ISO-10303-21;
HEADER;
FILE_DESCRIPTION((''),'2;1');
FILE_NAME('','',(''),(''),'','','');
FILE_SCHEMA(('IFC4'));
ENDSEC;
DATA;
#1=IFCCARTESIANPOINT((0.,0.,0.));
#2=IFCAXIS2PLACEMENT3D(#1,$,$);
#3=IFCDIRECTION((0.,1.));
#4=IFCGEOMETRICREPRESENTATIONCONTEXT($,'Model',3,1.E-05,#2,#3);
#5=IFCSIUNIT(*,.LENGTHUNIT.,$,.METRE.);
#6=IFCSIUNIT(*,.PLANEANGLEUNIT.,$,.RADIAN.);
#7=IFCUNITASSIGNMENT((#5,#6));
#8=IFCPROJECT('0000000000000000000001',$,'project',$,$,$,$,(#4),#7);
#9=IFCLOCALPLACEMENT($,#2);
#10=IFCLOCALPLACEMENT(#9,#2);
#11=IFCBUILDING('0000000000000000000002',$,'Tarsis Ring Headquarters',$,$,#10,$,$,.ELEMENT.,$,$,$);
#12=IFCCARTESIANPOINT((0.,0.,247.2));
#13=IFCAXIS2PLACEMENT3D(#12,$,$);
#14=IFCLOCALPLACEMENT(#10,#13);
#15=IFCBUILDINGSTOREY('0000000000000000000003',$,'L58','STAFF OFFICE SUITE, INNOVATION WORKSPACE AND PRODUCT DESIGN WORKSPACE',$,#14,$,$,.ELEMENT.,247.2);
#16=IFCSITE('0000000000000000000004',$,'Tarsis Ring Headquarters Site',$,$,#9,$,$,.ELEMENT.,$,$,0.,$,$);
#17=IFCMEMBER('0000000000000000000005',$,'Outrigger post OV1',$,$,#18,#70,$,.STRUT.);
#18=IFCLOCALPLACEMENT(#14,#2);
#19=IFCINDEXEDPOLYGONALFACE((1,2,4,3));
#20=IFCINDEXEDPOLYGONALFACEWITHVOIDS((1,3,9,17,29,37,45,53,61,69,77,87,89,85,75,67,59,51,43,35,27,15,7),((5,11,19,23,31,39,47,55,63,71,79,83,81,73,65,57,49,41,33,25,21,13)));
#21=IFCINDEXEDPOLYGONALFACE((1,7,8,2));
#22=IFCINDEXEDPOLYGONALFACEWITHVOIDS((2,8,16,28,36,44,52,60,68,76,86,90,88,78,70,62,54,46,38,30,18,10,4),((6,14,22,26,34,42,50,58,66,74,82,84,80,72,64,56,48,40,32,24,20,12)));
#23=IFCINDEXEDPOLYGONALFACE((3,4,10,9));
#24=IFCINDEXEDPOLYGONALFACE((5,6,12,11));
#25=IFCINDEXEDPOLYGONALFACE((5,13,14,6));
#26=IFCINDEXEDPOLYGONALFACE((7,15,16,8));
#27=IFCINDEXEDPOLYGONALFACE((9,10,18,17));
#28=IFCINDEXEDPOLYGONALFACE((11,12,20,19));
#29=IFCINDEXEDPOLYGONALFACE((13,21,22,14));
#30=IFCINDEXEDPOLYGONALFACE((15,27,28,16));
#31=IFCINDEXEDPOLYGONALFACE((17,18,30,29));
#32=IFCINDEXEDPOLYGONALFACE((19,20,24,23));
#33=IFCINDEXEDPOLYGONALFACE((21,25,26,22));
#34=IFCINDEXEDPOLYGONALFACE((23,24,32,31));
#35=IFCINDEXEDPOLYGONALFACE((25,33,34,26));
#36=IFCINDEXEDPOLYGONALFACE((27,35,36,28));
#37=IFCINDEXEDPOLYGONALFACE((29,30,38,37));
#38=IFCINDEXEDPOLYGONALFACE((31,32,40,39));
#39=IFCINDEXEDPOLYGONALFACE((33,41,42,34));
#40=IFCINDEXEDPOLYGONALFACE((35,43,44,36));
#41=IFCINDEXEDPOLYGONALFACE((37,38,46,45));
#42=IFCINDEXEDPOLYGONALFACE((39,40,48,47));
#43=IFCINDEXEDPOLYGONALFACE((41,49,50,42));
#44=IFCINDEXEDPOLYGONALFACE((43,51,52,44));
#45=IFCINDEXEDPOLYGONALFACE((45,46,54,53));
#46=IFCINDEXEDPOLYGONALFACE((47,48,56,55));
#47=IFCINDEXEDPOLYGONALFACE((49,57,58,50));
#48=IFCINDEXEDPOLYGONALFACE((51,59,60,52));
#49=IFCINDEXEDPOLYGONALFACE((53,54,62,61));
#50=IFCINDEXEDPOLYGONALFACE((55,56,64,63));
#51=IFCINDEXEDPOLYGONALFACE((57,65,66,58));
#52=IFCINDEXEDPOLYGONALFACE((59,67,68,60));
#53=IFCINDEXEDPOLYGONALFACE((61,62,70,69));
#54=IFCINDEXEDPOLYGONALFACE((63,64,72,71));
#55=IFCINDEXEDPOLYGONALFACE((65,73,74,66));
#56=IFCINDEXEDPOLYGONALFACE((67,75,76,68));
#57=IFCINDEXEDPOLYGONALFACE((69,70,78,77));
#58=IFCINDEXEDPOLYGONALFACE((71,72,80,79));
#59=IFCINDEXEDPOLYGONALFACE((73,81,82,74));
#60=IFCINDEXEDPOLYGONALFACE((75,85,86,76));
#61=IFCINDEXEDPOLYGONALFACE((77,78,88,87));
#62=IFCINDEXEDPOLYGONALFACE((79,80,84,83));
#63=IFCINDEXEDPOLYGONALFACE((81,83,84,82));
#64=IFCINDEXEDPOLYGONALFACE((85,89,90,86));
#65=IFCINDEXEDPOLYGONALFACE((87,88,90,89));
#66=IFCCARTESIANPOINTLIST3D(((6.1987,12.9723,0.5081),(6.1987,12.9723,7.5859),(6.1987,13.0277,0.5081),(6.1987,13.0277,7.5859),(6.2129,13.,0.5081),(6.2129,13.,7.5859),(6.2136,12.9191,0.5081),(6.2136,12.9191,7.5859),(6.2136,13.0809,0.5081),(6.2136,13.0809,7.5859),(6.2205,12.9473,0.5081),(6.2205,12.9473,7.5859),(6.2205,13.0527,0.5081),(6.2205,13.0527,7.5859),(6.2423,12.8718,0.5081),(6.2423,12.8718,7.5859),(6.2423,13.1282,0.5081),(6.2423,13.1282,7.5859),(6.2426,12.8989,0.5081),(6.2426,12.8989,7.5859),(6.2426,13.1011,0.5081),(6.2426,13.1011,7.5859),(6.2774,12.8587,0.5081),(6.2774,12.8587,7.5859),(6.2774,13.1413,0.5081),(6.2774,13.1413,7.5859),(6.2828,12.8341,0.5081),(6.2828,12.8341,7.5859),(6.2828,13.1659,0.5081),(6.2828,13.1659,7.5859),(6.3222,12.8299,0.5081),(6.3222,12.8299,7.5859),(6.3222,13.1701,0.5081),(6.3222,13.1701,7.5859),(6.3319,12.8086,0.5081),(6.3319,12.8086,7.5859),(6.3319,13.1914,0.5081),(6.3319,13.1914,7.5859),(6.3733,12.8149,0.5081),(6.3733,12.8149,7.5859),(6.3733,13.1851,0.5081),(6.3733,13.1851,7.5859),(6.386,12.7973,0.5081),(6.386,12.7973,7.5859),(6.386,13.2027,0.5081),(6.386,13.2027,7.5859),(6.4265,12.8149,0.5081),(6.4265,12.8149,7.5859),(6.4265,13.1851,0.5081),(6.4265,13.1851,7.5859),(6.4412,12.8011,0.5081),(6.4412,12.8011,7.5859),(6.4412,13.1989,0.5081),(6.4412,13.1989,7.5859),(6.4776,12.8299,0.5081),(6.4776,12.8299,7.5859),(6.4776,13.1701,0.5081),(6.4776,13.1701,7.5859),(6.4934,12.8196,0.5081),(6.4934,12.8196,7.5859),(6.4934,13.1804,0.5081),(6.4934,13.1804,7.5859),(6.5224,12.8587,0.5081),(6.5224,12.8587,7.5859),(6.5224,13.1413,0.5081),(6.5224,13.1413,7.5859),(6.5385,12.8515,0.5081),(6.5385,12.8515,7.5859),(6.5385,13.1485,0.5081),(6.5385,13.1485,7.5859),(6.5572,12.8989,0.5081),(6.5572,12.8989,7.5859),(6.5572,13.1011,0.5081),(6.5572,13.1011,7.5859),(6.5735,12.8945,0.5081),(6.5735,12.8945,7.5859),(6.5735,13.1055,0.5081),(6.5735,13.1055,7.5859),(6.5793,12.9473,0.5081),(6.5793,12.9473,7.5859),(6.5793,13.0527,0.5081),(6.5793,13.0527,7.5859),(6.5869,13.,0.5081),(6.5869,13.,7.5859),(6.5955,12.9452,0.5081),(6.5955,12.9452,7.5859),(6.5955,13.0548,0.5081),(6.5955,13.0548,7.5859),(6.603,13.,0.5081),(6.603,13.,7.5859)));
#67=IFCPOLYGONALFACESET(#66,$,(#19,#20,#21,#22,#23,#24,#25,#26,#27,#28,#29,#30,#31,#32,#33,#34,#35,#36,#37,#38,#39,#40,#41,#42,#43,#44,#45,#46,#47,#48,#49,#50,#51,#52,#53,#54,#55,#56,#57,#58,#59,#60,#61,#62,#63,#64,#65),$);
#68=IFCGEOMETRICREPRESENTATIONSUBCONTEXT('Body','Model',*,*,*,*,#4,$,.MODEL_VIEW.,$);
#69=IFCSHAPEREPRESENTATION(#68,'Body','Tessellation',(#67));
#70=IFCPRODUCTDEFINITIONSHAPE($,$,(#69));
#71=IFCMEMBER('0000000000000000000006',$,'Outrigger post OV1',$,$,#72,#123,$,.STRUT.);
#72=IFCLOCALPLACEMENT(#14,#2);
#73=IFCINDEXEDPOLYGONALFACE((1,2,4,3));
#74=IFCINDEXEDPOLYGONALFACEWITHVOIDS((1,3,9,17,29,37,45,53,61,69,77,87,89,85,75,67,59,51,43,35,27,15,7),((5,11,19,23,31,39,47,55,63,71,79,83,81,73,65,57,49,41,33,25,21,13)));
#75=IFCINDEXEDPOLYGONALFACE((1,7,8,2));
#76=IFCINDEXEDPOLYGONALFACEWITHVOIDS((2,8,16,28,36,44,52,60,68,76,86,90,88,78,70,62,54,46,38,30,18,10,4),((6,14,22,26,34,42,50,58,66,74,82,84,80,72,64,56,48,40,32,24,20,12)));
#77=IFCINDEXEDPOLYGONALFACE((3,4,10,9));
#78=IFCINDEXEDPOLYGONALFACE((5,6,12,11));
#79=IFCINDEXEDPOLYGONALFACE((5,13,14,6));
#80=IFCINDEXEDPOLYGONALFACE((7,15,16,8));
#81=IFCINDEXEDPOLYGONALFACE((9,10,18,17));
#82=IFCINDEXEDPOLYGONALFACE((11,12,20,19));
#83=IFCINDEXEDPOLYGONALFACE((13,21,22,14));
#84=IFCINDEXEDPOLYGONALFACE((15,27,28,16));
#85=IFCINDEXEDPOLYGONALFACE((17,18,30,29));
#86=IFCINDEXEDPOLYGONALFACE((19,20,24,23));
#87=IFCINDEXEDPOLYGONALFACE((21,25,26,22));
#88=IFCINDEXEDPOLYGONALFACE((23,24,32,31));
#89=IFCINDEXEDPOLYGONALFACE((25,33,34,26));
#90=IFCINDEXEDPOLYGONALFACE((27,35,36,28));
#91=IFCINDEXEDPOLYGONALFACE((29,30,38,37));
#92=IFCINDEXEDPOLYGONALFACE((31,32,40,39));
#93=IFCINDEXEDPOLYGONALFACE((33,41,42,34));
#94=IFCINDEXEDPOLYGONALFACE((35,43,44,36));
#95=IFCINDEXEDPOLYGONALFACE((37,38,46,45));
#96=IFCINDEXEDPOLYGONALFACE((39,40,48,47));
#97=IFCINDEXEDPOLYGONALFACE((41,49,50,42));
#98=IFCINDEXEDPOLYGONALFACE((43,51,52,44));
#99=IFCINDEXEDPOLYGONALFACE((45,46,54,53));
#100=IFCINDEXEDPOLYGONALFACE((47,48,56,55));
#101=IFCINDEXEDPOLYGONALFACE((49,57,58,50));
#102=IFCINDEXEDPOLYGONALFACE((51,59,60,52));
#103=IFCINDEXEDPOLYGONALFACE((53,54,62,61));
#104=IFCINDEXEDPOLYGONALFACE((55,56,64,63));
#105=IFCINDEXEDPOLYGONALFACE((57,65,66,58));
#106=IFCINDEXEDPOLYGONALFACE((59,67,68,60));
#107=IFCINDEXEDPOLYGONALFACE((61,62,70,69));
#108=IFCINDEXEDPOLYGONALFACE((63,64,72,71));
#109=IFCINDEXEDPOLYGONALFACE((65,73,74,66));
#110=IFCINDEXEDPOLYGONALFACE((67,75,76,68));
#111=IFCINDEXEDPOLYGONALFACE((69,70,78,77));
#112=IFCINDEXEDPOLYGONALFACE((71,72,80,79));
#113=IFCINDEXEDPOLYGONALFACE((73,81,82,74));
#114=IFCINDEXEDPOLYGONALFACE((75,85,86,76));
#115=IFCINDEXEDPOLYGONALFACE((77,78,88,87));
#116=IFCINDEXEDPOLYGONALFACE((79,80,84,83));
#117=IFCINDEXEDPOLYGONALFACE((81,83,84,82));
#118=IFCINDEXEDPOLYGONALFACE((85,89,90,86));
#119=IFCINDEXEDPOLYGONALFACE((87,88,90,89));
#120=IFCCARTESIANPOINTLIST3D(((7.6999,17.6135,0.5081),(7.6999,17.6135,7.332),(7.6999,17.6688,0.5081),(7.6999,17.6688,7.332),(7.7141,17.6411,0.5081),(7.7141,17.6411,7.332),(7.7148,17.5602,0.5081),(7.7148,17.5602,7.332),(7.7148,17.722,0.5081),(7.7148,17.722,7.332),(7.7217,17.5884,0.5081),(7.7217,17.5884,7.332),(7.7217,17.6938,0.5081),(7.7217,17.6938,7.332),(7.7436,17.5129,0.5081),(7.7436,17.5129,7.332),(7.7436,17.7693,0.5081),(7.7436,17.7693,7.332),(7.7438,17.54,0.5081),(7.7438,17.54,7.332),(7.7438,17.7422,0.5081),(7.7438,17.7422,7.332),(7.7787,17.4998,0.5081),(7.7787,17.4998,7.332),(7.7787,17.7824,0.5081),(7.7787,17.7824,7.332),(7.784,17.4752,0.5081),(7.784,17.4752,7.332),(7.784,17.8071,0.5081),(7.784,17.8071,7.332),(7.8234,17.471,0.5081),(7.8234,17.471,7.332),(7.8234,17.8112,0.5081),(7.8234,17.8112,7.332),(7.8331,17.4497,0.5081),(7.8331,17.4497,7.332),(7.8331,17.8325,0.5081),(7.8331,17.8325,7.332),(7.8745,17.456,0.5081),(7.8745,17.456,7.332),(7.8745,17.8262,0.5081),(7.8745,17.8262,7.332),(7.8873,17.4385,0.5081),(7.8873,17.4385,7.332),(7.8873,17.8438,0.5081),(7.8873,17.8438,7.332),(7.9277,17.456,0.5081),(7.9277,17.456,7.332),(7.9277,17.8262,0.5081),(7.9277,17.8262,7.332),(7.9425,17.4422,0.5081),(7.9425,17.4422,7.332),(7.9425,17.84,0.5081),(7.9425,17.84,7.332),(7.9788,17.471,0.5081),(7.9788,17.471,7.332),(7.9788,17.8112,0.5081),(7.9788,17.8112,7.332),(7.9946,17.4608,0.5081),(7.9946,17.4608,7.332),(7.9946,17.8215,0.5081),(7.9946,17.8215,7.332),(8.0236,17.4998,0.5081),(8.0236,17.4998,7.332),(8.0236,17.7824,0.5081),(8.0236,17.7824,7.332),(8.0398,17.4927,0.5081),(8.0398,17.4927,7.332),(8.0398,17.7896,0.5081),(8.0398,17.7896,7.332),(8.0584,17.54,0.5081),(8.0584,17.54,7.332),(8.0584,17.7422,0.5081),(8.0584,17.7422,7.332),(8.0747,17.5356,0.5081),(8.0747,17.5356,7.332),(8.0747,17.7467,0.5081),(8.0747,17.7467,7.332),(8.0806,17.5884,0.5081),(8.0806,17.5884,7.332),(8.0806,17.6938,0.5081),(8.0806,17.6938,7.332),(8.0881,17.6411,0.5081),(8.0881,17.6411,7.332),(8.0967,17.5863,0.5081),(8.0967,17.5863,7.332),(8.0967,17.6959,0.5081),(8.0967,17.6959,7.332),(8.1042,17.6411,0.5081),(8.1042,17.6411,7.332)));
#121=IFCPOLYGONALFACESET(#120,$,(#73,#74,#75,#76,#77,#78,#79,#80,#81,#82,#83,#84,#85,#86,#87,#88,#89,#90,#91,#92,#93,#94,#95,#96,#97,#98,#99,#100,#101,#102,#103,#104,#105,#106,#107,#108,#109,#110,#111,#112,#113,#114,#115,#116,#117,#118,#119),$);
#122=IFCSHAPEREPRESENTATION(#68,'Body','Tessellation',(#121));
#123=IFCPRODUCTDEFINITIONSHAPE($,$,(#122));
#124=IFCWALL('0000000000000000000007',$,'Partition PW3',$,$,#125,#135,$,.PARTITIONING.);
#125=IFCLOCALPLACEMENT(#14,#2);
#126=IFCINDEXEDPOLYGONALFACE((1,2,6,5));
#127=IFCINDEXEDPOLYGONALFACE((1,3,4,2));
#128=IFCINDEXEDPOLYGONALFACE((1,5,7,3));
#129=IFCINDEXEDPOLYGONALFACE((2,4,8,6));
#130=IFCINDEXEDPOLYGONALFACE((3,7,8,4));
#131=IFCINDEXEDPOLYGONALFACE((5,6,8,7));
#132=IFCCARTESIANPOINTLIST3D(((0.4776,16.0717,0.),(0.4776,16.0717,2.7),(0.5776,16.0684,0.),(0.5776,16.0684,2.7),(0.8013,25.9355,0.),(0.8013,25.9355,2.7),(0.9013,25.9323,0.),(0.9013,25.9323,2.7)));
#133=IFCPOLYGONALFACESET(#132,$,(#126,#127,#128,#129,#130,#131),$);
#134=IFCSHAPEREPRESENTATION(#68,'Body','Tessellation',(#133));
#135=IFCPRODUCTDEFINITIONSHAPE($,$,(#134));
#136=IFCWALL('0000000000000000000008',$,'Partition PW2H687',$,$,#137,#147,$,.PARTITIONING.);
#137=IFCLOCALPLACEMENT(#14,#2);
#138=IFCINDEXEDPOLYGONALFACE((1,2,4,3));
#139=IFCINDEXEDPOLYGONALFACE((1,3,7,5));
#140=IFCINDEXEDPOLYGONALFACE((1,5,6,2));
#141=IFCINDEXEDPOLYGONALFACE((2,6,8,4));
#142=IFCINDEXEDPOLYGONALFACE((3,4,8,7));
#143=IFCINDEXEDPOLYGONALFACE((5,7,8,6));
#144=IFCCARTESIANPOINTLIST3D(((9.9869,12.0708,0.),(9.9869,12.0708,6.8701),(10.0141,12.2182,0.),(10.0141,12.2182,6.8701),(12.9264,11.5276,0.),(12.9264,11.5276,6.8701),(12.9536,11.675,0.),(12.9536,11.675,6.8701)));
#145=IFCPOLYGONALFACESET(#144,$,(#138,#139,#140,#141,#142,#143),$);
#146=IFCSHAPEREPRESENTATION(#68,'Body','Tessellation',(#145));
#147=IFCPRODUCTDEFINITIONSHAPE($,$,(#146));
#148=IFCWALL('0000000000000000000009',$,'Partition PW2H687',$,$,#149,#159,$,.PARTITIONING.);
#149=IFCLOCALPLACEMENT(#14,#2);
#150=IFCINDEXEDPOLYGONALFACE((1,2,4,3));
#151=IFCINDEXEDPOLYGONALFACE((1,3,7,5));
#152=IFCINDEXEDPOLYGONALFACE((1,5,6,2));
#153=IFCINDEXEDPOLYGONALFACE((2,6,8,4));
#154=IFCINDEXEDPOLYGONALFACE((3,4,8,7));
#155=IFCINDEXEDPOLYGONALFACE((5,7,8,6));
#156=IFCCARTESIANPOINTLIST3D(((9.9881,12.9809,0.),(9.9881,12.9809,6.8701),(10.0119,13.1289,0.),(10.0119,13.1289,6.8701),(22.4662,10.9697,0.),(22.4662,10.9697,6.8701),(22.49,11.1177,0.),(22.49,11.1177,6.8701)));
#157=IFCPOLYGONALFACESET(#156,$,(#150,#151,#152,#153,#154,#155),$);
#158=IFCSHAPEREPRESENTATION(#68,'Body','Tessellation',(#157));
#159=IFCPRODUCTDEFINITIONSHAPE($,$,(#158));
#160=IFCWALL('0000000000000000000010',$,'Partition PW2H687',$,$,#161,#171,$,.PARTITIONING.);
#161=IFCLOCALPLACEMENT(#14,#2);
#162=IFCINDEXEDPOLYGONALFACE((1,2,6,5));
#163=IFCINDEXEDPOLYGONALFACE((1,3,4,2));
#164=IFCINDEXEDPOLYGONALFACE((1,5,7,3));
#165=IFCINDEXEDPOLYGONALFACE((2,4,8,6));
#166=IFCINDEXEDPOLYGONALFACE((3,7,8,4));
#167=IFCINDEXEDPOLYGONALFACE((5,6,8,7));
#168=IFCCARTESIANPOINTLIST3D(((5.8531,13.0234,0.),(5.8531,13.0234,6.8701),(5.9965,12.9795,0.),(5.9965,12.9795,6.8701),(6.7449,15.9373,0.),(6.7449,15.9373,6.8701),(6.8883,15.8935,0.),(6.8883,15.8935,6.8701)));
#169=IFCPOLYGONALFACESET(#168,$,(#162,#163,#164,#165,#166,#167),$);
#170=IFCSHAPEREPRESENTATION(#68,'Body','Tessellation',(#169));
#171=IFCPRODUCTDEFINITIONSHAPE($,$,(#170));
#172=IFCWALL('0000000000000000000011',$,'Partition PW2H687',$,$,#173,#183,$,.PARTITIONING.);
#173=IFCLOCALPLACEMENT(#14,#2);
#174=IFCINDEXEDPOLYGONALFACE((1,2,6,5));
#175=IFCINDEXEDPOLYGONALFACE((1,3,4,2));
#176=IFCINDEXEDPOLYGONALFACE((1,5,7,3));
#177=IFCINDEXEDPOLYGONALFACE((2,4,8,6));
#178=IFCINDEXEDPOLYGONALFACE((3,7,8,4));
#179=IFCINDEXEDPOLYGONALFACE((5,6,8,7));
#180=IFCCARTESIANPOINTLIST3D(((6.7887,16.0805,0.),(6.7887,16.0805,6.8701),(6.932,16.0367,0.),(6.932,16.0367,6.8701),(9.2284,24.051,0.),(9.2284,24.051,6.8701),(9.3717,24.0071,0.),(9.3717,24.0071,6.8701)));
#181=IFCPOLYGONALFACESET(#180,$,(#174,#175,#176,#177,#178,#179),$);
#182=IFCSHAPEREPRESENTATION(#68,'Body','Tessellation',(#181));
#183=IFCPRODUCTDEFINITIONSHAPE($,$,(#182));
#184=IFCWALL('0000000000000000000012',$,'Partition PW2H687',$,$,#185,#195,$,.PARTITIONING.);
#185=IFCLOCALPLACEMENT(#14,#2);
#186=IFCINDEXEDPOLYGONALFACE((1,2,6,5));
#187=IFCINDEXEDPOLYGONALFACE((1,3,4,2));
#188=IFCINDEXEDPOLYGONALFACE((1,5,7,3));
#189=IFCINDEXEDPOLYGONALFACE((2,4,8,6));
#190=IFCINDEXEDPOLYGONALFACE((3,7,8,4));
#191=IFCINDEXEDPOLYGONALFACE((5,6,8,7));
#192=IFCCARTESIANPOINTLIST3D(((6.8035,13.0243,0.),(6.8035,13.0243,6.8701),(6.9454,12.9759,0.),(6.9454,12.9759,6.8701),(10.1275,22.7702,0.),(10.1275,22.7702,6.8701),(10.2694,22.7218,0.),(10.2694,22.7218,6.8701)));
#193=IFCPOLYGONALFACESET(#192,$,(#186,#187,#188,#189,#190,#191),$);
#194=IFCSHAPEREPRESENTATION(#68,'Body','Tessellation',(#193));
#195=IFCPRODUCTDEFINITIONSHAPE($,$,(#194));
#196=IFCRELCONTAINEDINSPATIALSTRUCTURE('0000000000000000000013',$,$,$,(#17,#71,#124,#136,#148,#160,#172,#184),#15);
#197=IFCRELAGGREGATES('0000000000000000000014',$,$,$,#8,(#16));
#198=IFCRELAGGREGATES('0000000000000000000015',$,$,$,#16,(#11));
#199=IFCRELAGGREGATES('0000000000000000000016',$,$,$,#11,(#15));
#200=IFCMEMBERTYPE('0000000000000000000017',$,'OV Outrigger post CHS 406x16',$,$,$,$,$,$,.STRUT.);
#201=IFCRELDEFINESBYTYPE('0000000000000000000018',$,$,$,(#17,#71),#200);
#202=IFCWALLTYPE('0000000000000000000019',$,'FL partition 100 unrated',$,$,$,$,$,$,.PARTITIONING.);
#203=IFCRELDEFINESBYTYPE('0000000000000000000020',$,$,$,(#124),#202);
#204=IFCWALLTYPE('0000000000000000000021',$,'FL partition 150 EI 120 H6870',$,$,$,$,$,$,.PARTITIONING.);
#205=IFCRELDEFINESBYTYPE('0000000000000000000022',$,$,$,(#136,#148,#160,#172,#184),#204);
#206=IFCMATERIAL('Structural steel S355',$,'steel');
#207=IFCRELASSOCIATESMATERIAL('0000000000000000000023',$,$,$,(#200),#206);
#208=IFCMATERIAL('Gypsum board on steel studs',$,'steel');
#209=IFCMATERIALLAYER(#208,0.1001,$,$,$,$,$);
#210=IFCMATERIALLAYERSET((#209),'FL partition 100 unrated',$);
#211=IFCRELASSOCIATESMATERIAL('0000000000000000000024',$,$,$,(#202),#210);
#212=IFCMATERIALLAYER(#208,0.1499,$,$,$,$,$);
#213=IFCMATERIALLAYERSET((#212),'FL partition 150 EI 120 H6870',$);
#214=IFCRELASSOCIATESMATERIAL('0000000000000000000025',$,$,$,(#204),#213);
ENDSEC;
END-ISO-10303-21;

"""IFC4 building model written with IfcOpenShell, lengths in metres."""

from ifc_helpers import new_model, si_unit, direction, frame, frame_2d, origin, origin_2d, place, context, subcontext, project, spatial, rectangle, hollow_circle, extrude, material, layer, layer_set, material_profile, profile_set, type_object, element, save


model = new_model("IFC4")

# Units and contexts
model_context = context("Model", 3, precision=1e-05, world=origin(), true_north=direction((0.0, 1.0)))
body_context = subcontext(model_context, "Body", "Model", "MODEL_VIEW")
ifc_project = project(units=[si_unit("LENGTHUNIT", "METRE"), si_unit("PLANEANGLEUNIT", "RADIAN")], contexts=[model_context])

# Site, building, storey
site_placement = place(None, origin())
site = spatial("IfcSite", under=ifc_project, at=site_placement, Name="Tarsis Ring Headquarters Site", CompositionType="ELEMENT", RefElevation=0.0)
building_placement = place(site_placement, origin())
building = spatial("IfcBuilding", under=site, at=building_placement, Name="Tarsis Ring Headquarters", CompositionType="ELEMENT")
storey_placement = place(building_placement, frame((0.0, 0.0, 247.2)))
storey = spatial("IfcBuildingStorey", under=building, at=storey_placement, Name="L58", Description="STAFF OFFICE SUITE, INNOVATION WORKSPACE AND PRODUCT DESIGN WORKSPACE", CompositionType="ELEMENT", Elevation=247.2)

# Members
ifc_material_1 = material(Name="Structural steel S355", Category="steel")
ifc_material_profile_1 = material_profile(ifc_material_1, hollow_circle(Radius=0.2031, WallThickness=0.0161, at=origin_2d()), Name="CHS 406x16")
ifc_profile_set_1 = profile_set([ifc_material_profile_1], Name="Structural steel S355")
member_type_1 = type_object("IfcMemberType", Name="OV Outrigger post CHS 406x16", PredefinedType="STRUT", material=ifc_profile_set_1)
for number, where, z_axis, x_axis, name in (
    (1, (6.3999, 13.0, 0.5081), (0.0, 0.0, 1.0), (1.0, 0.0, 0.0), "Outrigger post OV1"),
):
    element("IfcMember", number, at=place(storey_placement, frame(where, z_axis=z_axis, x_axis=x_axis)), inside=storey, type_object=member_type_1, Name=name, PredefinedType="STRUT", context=body_context, shape_type="SweptSolid", body=[
        extrude(hollow_circle(Radius=0.2031, WallThickness=0.0161, at=origin_2d()), origin(), (0.0, 0.0, 1.0), 7.0779),
    ])
member_1_placement = place(storey_placement, frame((7.9011, 17.6411, 0.5081), z_axis=(0.0, 0.0, 1.0), x_axis=(1.0, 0.0, 0.0)))
element("IfcMember", 2, at=member_1_placement, inside=storey, type_object=member_type_1, Name="Outrigger post OV1", PredefinedType="STRUT", context=body_context, shape_type="SweptSolid", body=[
    extrude(hollow_circle(Radius=0.2031, WallThickness=0.0161, at=origin_2d()), origin(), (0.0, 0.0, 1.0), 6.824),
])

# Walls
ifc_material_2 = material(Name="Gypsum board on steel studs", Category="steel")
ifc_layer_1 = layer(ifc_material_2, 0.1001)
ifc_layer_set_1 = layer_set([ifc_layer_1], Name="FL partition 100 unrated")
wall_type_1 = type_object("IfcWallType", Name="FL partition 100 unrated", PredefinedType="PARTITIONING", material=ifc_layer_set_1)
wall_1_placement = place(storey_placement, frame((0.5276, 16.0701, 0.0), z_axis=(0.0, 0.0, 1.0), x_axis=(0.032802, 0.999462, 0.0)))
element("IfcWall", 3, at=wall_1_placement, inside=storey, type_object=wall_type_1, Name="Partition PW3", PredefinedType="PARTITIONING", context=body_context, shape_type="SweptSolid", body=[
    extrude(rectangle(XDim=9.8691, YDim=0.1001, at=frame_2d((4.9346, 0.0))), origin(), (0.0, 0.0, 1.0), 2.7),
])
ifc_layer_2 = layer(ifc_material_2, 0.1499)
ifc_layer_set_2 = layer_set([ifc_layer_2], Name="FL partition 150 EI 120 H6870")
wall_type_2 = type_object("IfcWallType", Name="FL partition 150 EI 120 H6870", PredefinedType="PARTITIONING", material=ifc_layer_set_2)
wall_2_placement = place(storey_placement, frame((10.0005, 12.1445, 0.0), z_axis=(0.0, 0.0, 1.0), x_axis=(0.98335, -0.181724, 0.0)))
element("IfcWall", 4, at=wall_2_placement, inside=storey, type_object=wall_type_2, Name="Partition PW2H687", PredefinedType="PARTITIONING", context=body_context, shape_type="SweptSolid", body=[
    extrude(rectangle(XDim=2.9893, YDim=0.1499, at=frame_2d((1.4946, 0.0))), origin(), (0.0, 0.0, 1.0), 6.8701),
])
wall_3_placement = place(storey_placement, frame((10.0, 13.0549, 0.0), z_axis=(0.0, 0.0, 1.0), x_axis=(0.987258, -0.159128, 0.0)))
element("IfcWall", 5, at=wall_3_placement, inside=storey, type_object=wall_type_2, Name="Partition PW2H687", PredefinedType="PARTITIONING", context=body_context, shape_type="SweptSolid", body=[
    extrude(rectangle(XDim=12.6392, YDim=0.1499, at=frame_2d((6.3196, 0.0))), origin(), (0.0, 0.0, 1.0), 6.8701),
])
wall_4_placement = place(storey_placement, frame((5.9248, 13.0015, 0.0), z_axis=(0.0, 0.0, 1.0), x_axis=(0.29265, 0.95622, 0.0)))
element("IfcWall", 6, at=wall_4_placement, inside=storey, type_object=wall_type_2, Name="Partition PW2H687", PredefinedType="PARTITIONING", context=body_context, shape_type="SweptSolid", body=[
    extrude(rectangle(XDim=3.0474, YDim=0.1499, at=frame_2d((1.5237, 0.0))), origin(), (0.0, 0.0, 1.0), 6.8701),
])
wall_5_placement = place(storey_placement, frame((6.8604, 16.0586, 0.0), z_axis=(0.0, 0.0, 1.0), x_axis=(0.292688, 0.956208, 0.0)))
element("IfcWall", 7, at=wall_5_placement, inside=storey, type_object=wall_type_2, Name="Partition PW2H687", PredefinedType="PARTITIONING", context=body_context, shape_type="SweptSolid", body=[
    extrude(rectangle(XDim=8.3354, YDim=0.1499, at=frame_2d((4.1677, 0.0))), origin(), (0.0, 0.0, 1.0), 6.8701),
])
wall_6_placement = place(storey_placement, frame((6.8745, 13.0002, 0.0), z_axis=(0.0, 0.0, 1.0), x_axis=(0.322807, 0.946465, 0.0)))
element("IfcWall", 8, at=wall_6_placement, inside=storey, type_object=wall_type_2, Name="Partition PW2H687", PredefinedType="PARTITIONING", context=body_context, shape_type="SweptSolid", body=[
    extrude(rectangle(XDim=10.2971, YDim=0.1499, at=frame_2d((5.1484, 0.0))), origin(), (0.0, 0.0, 1.0), 6.8701),
])

save(model, "model.ifc")
